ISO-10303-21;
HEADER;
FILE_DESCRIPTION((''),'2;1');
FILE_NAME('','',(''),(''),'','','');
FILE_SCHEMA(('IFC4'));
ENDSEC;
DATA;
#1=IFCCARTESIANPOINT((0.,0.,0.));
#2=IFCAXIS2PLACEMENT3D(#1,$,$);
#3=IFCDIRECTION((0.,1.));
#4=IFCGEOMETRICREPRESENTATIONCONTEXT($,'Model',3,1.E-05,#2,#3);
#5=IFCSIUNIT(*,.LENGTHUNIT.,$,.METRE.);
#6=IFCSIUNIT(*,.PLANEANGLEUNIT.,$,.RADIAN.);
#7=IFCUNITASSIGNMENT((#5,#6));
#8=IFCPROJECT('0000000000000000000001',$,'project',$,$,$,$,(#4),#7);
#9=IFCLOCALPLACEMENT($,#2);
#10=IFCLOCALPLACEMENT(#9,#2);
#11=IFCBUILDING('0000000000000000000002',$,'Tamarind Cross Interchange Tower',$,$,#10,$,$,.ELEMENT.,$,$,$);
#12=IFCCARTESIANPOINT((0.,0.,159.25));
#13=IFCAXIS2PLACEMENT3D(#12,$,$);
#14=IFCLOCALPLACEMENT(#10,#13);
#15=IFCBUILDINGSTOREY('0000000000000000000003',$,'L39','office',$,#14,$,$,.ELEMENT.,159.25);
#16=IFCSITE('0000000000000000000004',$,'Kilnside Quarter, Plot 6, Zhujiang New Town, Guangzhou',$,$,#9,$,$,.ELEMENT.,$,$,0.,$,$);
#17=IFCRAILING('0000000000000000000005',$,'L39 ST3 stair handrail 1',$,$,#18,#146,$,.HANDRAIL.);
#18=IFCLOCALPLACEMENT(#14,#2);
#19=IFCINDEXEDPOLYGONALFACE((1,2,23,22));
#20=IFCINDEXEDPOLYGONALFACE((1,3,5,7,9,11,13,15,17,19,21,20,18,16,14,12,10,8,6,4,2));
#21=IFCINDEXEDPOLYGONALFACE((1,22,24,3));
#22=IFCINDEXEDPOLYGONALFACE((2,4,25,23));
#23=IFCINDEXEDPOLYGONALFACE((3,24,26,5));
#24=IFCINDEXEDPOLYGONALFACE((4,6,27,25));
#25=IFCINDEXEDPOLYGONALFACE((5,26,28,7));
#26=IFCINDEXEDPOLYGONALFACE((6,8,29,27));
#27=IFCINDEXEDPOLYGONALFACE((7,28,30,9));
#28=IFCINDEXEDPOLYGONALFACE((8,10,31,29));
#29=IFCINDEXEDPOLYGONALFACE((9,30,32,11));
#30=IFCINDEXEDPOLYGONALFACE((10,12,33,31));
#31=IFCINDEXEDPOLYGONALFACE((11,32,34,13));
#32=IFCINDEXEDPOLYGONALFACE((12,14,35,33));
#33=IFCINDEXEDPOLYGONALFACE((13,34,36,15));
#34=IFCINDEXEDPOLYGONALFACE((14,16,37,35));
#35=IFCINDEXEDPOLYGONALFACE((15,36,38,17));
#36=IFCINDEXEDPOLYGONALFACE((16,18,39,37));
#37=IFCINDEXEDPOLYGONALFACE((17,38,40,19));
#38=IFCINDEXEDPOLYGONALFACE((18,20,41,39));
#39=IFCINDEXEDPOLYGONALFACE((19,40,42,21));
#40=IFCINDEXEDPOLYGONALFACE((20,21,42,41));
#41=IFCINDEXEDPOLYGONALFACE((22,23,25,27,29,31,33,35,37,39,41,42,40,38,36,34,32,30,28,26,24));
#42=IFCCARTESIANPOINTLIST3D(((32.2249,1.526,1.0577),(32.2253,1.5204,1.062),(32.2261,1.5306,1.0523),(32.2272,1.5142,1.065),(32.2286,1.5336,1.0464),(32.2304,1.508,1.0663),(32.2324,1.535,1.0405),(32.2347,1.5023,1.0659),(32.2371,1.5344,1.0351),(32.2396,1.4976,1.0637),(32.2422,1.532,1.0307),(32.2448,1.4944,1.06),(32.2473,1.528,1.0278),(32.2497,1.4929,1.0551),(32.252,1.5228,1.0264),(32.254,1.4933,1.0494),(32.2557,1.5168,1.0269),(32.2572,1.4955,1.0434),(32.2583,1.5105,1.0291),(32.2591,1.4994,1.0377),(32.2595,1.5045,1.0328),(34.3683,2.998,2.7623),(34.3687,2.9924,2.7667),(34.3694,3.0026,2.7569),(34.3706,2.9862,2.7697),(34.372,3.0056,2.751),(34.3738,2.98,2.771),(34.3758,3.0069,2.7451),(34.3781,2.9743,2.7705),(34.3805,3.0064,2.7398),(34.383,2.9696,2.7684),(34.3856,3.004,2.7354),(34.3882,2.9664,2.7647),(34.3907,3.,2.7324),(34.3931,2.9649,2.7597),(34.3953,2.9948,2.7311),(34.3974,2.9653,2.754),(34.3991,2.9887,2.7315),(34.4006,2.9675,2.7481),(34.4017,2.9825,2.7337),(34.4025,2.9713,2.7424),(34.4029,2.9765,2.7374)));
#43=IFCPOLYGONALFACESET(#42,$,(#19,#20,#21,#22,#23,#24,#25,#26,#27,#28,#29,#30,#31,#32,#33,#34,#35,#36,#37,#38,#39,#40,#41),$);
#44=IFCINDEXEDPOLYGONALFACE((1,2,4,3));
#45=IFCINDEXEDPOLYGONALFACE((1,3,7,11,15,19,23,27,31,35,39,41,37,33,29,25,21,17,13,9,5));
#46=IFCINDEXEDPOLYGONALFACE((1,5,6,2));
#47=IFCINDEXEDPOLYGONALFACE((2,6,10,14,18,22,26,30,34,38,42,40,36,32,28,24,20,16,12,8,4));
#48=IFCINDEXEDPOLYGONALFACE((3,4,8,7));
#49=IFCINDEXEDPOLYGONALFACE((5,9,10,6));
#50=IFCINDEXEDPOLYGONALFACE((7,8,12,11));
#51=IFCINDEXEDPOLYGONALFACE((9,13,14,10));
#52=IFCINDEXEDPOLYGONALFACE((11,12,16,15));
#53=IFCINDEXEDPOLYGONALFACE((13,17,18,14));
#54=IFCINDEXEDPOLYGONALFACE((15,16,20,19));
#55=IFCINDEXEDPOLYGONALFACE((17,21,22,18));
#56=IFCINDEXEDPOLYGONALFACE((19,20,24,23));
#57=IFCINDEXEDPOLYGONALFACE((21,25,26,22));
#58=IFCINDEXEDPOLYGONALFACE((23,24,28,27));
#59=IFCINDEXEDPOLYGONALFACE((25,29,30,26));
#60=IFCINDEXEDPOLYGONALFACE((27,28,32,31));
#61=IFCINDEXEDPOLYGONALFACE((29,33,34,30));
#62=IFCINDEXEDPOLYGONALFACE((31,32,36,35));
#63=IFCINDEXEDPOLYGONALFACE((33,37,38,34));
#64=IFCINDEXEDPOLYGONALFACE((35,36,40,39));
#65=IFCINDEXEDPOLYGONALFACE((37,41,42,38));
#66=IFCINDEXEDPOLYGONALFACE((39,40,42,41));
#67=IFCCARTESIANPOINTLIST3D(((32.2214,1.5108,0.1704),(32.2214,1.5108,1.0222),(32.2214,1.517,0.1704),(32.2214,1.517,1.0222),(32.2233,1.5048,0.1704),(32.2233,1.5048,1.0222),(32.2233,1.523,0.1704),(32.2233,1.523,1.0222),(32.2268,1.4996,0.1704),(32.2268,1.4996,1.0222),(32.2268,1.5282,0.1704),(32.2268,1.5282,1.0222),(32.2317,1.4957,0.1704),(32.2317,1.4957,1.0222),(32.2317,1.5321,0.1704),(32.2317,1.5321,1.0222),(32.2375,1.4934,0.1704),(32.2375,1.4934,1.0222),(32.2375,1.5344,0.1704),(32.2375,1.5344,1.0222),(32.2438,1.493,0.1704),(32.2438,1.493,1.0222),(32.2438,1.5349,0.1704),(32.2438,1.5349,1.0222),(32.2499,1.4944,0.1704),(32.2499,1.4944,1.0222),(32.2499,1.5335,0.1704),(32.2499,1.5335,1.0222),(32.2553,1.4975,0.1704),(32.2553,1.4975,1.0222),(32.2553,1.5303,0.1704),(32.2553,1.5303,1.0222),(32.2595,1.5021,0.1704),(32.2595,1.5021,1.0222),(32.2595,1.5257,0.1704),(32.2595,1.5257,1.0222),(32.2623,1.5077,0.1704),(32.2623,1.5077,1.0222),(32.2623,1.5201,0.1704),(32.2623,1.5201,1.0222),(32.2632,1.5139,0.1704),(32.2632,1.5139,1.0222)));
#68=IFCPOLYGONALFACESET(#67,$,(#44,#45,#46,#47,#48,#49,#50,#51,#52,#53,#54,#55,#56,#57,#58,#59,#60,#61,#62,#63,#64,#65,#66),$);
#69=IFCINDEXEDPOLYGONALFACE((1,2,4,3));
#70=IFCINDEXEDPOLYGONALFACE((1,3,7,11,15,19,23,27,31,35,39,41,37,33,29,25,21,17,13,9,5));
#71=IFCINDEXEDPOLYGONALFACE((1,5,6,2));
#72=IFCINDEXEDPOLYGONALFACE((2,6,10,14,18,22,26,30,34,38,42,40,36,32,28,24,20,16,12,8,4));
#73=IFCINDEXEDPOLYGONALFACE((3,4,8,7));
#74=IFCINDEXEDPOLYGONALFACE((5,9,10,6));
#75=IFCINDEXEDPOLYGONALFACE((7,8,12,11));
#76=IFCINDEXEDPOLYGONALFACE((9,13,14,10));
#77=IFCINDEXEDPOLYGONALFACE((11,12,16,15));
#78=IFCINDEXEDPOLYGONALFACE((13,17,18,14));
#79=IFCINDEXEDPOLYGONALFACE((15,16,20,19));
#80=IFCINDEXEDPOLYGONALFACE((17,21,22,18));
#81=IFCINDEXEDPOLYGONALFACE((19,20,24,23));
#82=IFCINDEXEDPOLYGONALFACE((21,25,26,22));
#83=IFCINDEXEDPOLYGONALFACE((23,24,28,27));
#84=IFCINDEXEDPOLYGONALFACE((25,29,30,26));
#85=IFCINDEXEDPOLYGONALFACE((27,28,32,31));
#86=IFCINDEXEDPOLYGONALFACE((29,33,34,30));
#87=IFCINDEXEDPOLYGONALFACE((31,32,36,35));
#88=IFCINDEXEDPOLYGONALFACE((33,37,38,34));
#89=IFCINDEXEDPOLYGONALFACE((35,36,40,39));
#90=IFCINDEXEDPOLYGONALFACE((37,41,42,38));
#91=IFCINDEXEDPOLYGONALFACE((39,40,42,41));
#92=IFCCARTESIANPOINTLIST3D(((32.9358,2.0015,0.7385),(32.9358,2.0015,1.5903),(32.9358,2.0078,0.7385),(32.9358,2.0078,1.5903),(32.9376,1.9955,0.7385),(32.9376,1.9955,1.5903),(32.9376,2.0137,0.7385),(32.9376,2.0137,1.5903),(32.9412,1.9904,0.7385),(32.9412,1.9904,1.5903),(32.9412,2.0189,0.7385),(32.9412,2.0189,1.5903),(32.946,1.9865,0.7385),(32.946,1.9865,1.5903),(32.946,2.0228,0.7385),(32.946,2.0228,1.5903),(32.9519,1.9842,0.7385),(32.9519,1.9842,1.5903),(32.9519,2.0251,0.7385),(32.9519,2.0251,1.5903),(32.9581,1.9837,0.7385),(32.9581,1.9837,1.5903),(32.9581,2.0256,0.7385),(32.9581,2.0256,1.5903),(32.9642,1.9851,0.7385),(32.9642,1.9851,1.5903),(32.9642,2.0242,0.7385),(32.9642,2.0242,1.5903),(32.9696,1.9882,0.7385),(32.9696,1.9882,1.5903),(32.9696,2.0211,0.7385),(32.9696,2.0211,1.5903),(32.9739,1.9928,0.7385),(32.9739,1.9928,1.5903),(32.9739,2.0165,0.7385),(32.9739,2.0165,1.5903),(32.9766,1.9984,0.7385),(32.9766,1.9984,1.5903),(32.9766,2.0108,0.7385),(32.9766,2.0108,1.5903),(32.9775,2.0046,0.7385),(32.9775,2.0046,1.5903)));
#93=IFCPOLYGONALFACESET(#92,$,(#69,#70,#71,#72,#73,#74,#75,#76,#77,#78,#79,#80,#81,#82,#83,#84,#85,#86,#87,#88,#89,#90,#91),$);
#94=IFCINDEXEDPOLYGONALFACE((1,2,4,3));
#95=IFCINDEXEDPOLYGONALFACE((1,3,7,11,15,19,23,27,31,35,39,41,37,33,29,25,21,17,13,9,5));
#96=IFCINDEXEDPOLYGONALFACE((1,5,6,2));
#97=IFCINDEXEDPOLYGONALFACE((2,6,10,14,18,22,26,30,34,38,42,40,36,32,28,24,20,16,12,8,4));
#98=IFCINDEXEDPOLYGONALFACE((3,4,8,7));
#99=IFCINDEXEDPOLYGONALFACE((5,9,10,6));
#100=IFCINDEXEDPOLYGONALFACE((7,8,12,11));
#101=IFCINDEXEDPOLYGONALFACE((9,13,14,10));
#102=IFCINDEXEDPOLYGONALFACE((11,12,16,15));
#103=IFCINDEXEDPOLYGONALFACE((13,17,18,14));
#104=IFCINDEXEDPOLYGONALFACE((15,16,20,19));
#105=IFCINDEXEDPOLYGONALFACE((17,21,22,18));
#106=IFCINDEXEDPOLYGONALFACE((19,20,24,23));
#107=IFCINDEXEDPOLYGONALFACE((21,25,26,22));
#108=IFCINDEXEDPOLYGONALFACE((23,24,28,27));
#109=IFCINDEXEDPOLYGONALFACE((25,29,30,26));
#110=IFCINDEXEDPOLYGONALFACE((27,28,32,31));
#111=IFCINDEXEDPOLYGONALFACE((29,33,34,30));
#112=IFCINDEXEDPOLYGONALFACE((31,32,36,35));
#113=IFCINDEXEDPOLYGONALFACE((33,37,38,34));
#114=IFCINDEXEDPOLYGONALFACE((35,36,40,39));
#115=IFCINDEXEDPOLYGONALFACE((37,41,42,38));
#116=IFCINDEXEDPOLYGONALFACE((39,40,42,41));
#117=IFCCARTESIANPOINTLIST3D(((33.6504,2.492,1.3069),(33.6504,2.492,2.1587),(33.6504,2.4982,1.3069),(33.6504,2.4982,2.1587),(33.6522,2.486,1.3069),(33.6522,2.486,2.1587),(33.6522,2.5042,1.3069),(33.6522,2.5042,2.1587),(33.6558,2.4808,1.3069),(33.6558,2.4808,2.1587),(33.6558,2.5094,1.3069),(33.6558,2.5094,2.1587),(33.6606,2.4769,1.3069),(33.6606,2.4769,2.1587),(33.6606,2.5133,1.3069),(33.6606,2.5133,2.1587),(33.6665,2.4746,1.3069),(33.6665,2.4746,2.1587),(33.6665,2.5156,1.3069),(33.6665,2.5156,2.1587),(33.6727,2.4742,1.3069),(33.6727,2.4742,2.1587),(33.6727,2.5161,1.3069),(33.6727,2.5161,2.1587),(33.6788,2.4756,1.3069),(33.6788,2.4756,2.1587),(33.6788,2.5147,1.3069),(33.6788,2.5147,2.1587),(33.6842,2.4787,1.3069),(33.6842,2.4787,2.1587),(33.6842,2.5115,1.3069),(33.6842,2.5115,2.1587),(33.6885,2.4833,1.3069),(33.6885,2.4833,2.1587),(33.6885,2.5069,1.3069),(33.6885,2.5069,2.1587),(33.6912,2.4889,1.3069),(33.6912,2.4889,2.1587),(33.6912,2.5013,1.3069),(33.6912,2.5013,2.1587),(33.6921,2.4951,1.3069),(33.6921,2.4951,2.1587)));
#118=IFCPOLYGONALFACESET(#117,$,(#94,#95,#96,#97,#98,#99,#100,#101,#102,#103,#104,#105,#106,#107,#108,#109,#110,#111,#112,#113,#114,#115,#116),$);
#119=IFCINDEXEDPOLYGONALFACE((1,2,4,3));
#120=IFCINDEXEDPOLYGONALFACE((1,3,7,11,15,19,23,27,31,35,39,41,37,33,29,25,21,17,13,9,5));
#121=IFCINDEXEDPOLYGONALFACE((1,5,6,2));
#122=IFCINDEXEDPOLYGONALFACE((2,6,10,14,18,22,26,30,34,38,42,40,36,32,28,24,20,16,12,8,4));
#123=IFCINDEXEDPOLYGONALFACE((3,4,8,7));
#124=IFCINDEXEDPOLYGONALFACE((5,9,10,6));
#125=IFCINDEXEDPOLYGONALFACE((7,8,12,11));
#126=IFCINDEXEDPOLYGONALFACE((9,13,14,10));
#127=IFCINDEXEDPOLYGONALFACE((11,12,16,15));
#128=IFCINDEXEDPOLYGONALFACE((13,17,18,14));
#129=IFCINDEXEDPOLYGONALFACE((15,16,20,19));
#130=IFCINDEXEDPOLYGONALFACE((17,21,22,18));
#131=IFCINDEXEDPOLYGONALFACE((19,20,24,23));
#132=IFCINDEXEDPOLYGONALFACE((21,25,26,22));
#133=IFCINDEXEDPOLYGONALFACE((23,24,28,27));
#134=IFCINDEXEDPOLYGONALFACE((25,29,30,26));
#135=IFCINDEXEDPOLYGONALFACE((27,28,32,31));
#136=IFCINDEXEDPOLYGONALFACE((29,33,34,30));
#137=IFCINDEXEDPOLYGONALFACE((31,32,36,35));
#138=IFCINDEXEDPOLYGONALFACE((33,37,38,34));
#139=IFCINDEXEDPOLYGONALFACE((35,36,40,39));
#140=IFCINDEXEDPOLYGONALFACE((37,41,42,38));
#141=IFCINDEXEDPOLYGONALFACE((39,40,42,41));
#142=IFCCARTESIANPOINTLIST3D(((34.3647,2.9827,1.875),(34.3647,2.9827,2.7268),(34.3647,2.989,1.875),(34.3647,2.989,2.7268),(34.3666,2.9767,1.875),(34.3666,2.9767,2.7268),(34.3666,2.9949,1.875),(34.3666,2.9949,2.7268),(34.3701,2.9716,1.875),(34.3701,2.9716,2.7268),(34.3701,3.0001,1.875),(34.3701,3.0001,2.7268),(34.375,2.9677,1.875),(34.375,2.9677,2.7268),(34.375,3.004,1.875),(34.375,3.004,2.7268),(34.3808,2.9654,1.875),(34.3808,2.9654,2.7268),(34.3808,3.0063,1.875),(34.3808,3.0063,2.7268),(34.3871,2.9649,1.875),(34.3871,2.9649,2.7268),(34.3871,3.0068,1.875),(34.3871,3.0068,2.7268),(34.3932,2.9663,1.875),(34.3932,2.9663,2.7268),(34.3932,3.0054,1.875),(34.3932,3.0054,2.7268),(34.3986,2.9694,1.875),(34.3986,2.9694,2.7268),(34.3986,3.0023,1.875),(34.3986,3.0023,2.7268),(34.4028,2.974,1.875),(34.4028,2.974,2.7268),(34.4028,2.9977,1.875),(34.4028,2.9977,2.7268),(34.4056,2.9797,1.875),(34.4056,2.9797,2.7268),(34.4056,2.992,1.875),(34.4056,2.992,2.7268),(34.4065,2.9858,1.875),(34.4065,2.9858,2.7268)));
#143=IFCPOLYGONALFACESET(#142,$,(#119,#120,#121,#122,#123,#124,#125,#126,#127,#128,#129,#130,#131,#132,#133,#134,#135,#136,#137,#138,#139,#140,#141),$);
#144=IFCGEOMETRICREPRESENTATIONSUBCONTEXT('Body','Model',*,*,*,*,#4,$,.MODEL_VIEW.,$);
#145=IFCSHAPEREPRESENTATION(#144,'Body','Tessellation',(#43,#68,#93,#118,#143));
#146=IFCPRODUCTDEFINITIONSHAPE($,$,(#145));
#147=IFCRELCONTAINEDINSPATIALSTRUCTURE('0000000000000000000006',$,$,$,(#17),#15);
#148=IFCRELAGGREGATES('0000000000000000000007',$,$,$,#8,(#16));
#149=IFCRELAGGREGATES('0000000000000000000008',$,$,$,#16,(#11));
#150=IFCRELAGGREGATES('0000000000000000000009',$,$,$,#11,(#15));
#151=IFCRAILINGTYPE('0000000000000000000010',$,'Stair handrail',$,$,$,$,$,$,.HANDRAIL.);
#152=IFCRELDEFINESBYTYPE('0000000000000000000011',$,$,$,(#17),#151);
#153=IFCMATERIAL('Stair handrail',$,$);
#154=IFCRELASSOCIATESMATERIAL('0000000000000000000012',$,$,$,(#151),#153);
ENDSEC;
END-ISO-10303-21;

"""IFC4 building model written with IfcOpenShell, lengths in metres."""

from ifc_helpers import new_model, si_unit, direction, frame, origin, origin_2d, place, context, subcontext, project, spatial, circle, extrude, material, type_object, element, save


model = new_model("IFC4")

# Units and contexts
model_context = context("Model", 3, precision=1e-05, world=origin(), true_north=direction((0.0, 1.0)))
body_context = subcontext(model_context, "Body", "Model", "MODEL_VIEW")
ifc_project = project(units=[si_unit("LENGTHUNIT", "METRE"), si_unit("PLANEANGLEUNIT", "RADIAN")], contexts=[model_context])

# Site, building, storey
site_placement = place(None, origin())
site = spatial("IfcSite", under=ifc_project, at=site_placement, Name="Kilnside Quarter, Plot 6, Zhujiang New Town, Guangzhou", CompositionType="ELEMENT", RefElevation=0.0)
building_placement = place(site_placement, origin())
building = spatial("IfcBuilding", under=site, at=building_placement, Name="Tamarind Cross Interchange Tower", CompositionType="ELEMENT")
storey_placement = place(building_placement, frame((0.0, 0.0, 159.25)))
storey = spatial("IfcBuildingStorey", under=building, at=storey_placement, Name="L39", Description="office", CompositionType="ELEMENT", Elevation=159.25)

# Railing
ifc_material_1 = material(Name="Stair handrail")
railing_type_1 = type_object("IfcRailingType", Name="Stair handrail", PredefinedType="HANDRAIL", material=ifc_material_1)
railing_1_placement = place(storey_placement, frame((32.2422, 1.5139, 0.1704)))
element("IfcRailing", 1, at=railing_1_placement, inside=storey, type_object=railing_type_1, Name="L39 ST3 stair handrail 1", PredefinedType="HANDRAIL", context=body_context, shape_type="SweptSolid", body=[
    extrude(circle(Radius=0.0239, at=origin_2d()), frame((0.0, 0.0, 0.876), z_axis=(0.689386, 0.473438, 0.548274), x_axis=(-0.56611, 0.824329, 0.0)), (0.0, 0.0, 1.0), 3.1091),
    extrude(circle(Radius=0.021, at=origin_2d()), origin(), (0.0, 0.0, 1.0), 0.8518),
    extrude(circle(Radius=0.021, at=origin_2d()), frame((0.7144, 0.4907, 0.5681)), (0.0, 0.0, 1.0), 0.8518),
    extrude(circle(Radius=0.021, at=origin_2d()), frame((1.429, 0.9812, 1.1365)), (0.0, 0.0, 1.0), 0.8518),
    extrude(circle(Radius=0.021, at=origin_2d()), frame((2.1433, 1.4719, 1.7046)), (0.0, 0.0, 1.0), 0.8518),
])

save(model, "model.ifc")
